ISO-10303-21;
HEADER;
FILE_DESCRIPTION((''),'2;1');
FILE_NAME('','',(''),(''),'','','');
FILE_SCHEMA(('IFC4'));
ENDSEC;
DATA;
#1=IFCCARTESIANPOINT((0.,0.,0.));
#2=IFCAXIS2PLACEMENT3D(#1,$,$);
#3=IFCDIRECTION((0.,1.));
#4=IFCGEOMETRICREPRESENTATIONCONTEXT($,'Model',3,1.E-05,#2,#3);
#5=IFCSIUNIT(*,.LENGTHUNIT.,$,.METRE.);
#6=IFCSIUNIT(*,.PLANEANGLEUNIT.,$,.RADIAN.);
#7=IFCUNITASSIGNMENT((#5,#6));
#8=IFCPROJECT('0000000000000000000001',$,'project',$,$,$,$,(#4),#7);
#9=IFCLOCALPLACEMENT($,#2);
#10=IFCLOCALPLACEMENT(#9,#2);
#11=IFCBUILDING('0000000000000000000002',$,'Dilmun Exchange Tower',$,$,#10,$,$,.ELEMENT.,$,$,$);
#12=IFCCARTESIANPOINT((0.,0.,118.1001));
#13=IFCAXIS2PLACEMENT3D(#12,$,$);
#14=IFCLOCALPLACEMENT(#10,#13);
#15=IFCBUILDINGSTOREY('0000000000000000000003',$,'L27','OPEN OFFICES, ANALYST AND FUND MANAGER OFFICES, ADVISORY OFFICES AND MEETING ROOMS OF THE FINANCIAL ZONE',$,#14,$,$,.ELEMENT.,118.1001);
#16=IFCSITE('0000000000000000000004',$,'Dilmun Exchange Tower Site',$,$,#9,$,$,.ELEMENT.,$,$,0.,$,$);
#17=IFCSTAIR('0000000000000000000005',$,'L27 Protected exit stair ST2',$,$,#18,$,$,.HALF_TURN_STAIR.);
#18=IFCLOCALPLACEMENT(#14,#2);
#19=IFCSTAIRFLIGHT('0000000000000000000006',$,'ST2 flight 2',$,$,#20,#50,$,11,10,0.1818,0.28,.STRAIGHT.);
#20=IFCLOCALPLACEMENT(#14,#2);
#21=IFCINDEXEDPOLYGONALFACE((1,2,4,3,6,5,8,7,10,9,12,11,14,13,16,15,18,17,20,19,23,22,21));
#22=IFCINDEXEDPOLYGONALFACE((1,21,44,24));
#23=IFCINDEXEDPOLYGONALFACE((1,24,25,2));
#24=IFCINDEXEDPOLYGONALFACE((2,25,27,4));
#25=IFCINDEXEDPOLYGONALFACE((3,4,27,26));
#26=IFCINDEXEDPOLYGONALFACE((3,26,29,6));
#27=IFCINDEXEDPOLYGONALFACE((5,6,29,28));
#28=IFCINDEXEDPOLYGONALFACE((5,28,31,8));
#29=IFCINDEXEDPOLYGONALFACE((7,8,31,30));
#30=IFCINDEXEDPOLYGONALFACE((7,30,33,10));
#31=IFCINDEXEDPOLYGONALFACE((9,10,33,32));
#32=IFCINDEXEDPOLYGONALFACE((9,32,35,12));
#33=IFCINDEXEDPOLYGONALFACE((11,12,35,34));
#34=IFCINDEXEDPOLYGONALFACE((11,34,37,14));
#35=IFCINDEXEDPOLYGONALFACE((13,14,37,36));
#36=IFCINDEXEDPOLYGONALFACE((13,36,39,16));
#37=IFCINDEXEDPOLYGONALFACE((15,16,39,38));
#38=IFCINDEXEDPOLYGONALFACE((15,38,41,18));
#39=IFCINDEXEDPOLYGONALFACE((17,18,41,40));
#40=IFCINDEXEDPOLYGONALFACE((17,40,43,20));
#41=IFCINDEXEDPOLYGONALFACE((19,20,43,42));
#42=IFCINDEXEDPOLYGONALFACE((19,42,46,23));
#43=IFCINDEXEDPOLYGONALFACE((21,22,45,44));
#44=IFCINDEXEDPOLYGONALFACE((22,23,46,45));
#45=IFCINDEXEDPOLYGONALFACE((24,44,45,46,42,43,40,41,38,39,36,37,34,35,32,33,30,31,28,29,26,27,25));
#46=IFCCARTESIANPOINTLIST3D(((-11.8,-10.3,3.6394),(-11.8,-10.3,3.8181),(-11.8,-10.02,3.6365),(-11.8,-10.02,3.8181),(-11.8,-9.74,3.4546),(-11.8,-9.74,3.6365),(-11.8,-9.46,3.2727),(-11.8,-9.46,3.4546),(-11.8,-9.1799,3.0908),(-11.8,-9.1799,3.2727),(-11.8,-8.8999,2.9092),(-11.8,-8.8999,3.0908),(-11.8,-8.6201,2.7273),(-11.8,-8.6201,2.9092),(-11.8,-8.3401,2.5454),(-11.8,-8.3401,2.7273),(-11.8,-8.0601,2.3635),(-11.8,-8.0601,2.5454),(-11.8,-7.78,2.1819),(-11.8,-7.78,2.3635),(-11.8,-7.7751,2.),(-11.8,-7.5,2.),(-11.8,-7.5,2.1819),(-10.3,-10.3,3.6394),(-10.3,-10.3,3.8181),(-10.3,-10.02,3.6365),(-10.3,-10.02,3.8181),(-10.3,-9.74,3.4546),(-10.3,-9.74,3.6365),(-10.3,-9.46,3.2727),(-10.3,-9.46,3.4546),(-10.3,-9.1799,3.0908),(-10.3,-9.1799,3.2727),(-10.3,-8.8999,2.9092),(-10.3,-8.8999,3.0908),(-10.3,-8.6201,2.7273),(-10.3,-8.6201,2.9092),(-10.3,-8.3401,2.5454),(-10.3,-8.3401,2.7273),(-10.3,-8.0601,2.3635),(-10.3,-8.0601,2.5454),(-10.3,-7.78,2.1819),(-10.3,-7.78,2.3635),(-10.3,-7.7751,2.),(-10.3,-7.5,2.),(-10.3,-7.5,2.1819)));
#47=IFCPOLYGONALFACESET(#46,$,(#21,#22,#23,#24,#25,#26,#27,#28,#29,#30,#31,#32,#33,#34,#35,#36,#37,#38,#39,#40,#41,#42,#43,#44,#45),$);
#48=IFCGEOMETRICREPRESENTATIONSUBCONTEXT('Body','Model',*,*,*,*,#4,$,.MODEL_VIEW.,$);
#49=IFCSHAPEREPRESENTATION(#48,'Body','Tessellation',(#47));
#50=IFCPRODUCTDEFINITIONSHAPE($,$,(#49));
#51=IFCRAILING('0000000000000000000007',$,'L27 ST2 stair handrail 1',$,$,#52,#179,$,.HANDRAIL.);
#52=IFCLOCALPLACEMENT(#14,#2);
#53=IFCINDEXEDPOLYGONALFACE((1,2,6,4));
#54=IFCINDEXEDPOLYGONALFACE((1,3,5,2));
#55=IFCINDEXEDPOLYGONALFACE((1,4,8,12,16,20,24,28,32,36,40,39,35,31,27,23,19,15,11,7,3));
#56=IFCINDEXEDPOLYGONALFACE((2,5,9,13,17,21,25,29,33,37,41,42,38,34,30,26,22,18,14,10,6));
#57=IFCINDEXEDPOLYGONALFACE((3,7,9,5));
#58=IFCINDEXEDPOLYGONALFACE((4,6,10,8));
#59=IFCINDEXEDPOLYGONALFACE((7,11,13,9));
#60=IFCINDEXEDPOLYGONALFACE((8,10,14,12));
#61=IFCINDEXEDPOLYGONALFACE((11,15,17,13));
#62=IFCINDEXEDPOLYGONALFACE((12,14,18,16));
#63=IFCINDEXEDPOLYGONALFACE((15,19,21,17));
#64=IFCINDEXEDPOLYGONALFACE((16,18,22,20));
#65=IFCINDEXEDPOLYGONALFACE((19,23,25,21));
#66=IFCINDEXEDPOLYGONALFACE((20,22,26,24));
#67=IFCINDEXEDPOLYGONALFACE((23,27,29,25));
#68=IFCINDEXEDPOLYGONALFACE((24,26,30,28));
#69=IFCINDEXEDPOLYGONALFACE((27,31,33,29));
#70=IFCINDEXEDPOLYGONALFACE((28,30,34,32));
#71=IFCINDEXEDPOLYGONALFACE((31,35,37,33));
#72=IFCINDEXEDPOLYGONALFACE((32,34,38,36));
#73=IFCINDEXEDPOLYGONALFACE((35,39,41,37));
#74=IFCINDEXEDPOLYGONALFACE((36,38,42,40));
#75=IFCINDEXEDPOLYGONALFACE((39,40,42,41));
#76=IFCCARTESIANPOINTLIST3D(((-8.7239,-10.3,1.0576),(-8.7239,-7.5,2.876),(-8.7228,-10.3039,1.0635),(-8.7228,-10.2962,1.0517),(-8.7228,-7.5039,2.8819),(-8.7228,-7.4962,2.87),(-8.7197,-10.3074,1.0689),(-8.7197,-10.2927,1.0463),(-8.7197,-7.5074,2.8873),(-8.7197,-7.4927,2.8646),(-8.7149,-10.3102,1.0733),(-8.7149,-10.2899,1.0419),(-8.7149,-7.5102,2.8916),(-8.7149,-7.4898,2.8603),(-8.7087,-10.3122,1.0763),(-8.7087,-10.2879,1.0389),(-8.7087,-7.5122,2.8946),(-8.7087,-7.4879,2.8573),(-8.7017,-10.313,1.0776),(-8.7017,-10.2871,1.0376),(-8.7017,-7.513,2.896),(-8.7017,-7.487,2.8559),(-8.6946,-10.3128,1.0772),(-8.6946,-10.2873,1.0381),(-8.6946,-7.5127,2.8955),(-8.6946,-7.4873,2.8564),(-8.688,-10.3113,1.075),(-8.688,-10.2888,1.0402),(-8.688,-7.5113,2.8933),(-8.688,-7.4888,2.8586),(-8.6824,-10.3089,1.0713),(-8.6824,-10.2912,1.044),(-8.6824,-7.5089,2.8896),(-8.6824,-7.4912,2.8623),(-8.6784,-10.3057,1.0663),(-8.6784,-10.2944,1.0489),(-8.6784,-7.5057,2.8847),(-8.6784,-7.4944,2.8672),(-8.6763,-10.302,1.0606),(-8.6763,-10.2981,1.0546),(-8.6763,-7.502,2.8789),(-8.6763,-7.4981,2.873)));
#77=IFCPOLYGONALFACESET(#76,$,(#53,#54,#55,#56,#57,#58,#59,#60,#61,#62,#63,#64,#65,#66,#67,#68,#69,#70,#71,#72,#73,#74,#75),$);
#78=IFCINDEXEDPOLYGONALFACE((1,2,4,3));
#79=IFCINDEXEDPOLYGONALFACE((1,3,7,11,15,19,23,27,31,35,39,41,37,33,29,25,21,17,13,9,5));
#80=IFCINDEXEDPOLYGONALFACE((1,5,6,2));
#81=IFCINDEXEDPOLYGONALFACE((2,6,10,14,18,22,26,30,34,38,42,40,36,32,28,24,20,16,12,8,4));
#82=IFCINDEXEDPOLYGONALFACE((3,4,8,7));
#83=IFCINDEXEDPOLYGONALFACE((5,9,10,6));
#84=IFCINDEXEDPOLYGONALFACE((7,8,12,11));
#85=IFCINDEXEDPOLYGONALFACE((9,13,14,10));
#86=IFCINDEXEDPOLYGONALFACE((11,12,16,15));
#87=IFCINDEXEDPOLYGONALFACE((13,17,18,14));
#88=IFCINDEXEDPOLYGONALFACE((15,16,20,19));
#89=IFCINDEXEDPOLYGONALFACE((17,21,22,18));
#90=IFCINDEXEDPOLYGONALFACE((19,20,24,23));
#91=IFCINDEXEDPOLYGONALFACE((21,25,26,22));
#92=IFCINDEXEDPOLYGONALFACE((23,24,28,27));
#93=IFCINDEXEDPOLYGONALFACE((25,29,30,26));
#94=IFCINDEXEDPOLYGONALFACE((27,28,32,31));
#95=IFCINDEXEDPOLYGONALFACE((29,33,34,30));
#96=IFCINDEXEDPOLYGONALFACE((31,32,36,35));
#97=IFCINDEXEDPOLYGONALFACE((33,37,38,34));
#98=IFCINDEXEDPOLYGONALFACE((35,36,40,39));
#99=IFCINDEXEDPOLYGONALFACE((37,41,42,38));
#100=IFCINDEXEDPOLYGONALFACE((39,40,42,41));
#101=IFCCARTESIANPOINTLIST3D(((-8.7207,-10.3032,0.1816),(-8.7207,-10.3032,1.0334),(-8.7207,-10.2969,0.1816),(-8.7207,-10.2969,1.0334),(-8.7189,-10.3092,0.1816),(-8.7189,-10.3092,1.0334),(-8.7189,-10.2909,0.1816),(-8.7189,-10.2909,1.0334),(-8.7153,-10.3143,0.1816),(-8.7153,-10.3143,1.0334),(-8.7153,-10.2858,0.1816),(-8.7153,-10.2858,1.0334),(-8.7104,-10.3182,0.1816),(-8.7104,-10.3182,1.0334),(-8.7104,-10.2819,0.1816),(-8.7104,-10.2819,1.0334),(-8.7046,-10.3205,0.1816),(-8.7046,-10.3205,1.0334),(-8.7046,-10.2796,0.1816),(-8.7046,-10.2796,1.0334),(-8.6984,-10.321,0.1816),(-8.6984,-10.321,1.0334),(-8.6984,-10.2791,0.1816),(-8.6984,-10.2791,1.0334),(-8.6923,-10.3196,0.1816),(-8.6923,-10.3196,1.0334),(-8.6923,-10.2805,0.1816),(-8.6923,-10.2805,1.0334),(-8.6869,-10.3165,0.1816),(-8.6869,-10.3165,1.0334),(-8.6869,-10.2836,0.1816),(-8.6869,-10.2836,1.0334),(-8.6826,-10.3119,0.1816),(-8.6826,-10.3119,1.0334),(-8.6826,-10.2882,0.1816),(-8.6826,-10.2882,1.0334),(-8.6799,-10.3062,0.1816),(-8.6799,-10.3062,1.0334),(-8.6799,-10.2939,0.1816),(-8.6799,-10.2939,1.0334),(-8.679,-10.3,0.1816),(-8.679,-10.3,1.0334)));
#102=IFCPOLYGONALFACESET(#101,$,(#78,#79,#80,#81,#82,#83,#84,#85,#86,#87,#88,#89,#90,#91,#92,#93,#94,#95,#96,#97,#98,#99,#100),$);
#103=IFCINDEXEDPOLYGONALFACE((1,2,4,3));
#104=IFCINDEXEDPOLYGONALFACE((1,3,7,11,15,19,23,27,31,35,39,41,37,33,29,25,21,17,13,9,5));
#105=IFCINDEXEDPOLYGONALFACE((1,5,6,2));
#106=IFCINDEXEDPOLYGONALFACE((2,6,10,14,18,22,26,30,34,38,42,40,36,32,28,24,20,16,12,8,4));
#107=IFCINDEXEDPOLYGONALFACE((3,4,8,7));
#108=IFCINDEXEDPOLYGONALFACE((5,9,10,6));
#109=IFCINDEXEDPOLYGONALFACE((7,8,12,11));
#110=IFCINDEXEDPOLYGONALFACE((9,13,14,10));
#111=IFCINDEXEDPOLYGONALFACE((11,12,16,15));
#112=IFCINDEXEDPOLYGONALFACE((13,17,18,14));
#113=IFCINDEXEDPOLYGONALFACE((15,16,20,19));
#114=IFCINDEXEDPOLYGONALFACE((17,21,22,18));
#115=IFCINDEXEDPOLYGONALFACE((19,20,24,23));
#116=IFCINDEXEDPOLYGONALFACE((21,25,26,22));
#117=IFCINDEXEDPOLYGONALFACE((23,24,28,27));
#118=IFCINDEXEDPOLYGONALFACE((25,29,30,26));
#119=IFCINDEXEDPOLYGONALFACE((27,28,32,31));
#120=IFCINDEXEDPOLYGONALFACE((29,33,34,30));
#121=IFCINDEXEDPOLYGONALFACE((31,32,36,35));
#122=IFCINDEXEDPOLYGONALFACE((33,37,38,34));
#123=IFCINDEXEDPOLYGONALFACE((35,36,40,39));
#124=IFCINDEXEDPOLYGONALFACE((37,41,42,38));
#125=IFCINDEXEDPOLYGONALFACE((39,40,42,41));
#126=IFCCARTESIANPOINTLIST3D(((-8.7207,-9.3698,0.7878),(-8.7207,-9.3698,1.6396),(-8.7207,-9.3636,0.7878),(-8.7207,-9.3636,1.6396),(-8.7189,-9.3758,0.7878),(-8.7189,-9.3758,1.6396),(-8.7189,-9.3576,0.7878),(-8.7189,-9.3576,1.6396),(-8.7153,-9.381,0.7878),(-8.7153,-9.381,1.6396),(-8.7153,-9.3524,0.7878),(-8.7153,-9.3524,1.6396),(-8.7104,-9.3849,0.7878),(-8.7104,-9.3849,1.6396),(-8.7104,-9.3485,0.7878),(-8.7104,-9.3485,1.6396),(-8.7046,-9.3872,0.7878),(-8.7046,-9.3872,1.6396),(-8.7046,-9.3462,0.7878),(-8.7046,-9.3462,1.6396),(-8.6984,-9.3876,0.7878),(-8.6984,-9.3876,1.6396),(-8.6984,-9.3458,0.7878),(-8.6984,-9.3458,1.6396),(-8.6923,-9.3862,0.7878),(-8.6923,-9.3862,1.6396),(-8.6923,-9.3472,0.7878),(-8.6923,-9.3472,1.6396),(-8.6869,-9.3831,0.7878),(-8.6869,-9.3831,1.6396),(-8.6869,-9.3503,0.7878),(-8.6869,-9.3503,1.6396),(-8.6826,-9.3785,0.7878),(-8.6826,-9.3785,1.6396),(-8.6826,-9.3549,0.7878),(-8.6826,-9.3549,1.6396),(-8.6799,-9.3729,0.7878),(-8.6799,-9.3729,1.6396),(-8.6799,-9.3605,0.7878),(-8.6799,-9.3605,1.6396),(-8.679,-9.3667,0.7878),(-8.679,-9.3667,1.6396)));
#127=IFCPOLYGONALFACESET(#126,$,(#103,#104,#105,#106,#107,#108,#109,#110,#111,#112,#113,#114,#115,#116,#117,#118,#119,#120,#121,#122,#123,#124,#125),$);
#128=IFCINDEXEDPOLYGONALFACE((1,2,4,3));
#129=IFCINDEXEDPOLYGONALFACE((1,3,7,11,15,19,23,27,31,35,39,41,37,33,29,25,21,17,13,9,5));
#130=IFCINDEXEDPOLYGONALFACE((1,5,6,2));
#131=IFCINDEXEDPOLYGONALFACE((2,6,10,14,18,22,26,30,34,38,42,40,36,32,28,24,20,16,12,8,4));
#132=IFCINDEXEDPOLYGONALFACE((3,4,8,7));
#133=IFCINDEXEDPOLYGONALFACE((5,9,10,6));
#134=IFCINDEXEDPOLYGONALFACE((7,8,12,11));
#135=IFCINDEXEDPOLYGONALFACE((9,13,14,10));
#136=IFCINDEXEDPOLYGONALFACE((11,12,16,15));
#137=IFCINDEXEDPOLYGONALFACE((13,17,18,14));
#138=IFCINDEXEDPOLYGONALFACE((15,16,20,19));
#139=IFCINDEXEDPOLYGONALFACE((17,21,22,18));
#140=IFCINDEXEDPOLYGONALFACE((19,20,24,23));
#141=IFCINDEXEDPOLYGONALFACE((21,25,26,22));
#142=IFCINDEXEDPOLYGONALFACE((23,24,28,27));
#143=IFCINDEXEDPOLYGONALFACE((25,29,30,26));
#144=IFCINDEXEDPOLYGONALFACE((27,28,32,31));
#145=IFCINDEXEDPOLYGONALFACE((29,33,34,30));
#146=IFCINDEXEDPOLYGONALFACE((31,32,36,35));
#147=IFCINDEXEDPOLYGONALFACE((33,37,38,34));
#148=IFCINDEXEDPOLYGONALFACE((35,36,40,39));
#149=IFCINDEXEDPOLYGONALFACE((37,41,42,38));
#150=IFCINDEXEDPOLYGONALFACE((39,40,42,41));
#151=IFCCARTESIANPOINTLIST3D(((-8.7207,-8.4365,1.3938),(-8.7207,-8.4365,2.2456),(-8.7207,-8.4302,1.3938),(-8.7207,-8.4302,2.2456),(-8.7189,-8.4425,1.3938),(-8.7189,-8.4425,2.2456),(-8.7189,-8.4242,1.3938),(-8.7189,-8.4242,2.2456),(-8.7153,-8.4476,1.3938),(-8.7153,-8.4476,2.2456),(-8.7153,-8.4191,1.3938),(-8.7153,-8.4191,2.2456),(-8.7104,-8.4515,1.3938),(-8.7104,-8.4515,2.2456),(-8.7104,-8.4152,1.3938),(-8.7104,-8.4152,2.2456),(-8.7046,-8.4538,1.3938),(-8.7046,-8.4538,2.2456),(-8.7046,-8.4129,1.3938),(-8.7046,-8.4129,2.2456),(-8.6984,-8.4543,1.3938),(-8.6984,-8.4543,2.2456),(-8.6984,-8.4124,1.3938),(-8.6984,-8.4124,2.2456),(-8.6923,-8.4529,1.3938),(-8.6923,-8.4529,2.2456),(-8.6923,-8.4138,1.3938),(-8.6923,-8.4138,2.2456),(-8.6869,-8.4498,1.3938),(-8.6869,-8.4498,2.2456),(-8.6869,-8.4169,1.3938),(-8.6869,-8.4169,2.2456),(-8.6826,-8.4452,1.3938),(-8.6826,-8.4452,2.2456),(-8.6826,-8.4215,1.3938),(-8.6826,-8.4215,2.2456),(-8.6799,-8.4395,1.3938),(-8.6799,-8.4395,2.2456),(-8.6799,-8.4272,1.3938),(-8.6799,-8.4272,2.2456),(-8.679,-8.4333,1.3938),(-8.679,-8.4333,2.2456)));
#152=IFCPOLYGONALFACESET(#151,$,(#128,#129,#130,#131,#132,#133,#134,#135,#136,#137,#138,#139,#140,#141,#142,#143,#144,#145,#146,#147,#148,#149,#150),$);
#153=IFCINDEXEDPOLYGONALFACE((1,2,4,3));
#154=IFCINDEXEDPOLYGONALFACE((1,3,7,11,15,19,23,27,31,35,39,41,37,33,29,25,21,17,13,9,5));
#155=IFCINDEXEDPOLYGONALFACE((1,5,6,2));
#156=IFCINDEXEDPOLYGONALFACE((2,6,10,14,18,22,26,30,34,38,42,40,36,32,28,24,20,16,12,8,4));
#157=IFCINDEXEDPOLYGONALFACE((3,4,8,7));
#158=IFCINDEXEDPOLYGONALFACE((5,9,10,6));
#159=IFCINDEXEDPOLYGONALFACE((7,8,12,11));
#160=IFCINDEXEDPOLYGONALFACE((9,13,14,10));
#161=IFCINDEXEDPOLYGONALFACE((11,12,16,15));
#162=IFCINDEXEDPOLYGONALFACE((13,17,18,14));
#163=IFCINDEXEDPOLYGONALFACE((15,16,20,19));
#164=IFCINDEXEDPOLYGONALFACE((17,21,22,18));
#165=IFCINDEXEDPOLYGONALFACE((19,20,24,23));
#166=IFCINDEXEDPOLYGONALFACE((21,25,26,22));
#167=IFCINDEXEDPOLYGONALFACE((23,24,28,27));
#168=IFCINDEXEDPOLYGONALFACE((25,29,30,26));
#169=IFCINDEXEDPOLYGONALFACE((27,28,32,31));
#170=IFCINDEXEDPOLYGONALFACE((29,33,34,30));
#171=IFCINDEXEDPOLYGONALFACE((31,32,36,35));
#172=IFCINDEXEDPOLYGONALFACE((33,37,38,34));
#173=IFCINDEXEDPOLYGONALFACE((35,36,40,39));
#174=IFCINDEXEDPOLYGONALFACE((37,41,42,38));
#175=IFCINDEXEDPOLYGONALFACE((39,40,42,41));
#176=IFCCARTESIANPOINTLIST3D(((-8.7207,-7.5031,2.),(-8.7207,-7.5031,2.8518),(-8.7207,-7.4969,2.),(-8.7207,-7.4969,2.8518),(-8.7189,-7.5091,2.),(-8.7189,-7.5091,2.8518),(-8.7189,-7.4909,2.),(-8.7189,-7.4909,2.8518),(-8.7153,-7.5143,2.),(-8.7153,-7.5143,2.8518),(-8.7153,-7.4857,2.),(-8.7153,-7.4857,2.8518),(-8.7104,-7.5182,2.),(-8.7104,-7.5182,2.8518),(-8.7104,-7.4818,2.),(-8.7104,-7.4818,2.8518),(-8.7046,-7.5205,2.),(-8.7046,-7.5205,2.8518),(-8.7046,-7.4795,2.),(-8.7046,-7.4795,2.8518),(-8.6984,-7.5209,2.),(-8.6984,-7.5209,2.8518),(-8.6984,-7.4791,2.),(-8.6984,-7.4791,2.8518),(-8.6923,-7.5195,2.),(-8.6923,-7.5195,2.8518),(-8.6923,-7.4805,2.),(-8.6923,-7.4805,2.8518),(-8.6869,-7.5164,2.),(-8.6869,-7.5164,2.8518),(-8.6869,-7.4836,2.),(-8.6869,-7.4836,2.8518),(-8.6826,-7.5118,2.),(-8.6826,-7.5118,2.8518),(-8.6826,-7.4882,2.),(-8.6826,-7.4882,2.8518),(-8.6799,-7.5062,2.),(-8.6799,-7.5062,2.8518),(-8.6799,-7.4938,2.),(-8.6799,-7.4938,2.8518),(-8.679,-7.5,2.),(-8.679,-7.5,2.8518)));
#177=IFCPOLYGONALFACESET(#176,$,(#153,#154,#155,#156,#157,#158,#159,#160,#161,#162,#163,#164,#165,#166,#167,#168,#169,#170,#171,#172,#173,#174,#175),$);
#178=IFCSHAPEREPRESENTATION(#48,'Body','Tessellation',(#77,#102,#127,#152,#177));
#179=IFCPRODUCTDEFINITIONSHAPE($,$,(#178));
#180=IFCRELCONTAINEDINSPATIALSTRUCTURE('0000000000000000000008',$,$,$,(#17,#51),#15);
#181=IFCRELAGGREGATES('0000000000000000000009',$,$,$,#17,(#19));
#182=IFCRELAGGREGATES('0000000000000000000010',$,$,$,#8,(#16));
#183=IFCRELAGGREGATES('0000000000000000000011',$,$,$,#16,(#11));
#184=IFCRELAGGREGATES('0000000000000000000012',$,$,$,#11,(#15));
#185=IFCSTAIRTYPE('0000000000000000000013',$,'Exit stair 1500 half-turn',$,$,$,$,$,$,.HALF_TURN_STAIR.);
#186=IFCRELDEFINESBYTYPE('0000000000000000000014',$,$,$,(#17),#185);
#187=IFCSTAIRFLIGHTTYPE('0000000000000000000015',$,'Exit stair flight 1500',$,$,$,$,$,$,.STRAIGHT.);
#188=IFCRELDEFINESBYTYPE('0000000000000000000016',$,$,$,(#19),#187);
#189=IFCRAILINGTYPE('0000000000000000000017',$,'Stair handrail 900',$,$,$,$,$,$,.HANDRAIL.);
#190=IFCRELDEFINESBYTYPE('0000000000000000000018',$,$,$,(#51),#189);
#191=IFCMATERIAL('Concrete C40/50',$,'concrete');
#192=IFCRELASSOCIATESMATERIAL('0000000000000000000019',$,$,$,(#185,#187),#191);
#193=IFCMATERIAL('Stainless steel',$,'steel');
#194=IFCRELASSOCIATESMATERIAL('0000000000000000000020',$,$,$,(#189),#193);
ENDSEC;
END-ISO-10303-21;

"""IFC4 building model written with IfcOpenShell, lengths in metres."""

from ifc_helpers import new_model, si_unit, direction, frame, origin, origin_2d, place, context, subcontext, project, spatial, polyline, circle, outline, extrude, material, type_object, element, aggregate, save


model = new_model("IFC4")

# Units and contexts
model_context = context("Model", 3, precision=1e-05, world=origin(), true_north=direction((0.0, 1.0)))
body_context = subcontext(model_context, "Body", "Model", "MODEL_VIEW")
ifc_project = project(units=[si_unit("LENGTHUNIT", "METRE"), si_unit("PLANEANGLEUNIT", "RADIAN")], contexts=[model_context])

# Site, building, storey
site_placement = place(None, origin())
site = spatial("IfcSite", under=ifc_project, at=site_placement, Name="Dilmun Exchange Tower Site", CompositionType="ELEMENT", RefElevation=0.0)
building_placement = place(site_placement, origin())
building = spatial("IfcBuilding", under=site, at=building_placement, Name="Dilmun Exchange Tower", CompositionType="ELEMENT")
storey_placement = place(building_placement, frame((0.0, 0.0, 118.1001)))
storey = spatial("IfcBuildingStorey", under=building, at=storey_placement, Name="L27", Description="OPEN OFFICES, ANALYST AND FUND MANAGER OFFICES, ADVISORY OFFICES AND MEETING ROOMS OF THE FINANCIAL ZONE", CompositionType="ELEMENT", Elevation=118.1001)

# Shared definitions
ifc_material_1 = material(Name="Concrete C40/50", Category="concrete")

# Stair, stair flight
stair_type = type_object("IfcStairType", Name="Exit stair 1500 half-turn", PredefinedType="HALF_TURN_STAIR", material=ifc_material_1)
stair_placement = place(storey_placement, origin())
stair = element("IfcStair", 1, at=stair_placement, inside=storey, type_object=stair_type, Name="L27 Protected exit stair ST2", PredefinedType="HALF_TURN_STAIR")
stair_flight_type = type_object("IfcStairFlightType", Name="Exit stair flight 1500", PredefinedType="STRAIGHT", material=ifc_material_1)
stair_flight_placement = place(storey_placement, frame((-11.05, -7.5, 2.0), z_axis=(0.0, 0.0, 1.0), x_axis=(0.0, -1.0, 0.0)))
stair_flight = element("IfcStairFlight", 2, at=stair_flight_placement, type_object=stair_flight_type, Name="ST2 flight 2", NumberOfRisers=11, NumberOfTreads=10, PredefinedType="STRAIGHT", RiserHeight=0.1818, TreadLength=0.28, context=body_context, shape_type="SweptSolid", body=[
    extrude(outline(polyline([(0.0, 0.0), (0.0, 0.1819), (0.28, 0.1819), (0.28, 0.3635), (0.5601, 0.3635), (0.5601, 0.5454), (0.8401, 0.5454), (0.8401, 0.7273), (1.1201, 0.7273), (1.1201, 0.9092), (1.3999, 0.9092), (1.3999, 1.0908), (1.6799, 1.0908), (1.6799, 1.2727), (1.96, 1.2727), (1.96, 1.4546), (2.24, 1.4546), (2.24, 1.6365), (2.52, 1.6365), (2.52, 1.8181), (2.8, 1.8181), (2.8, 2.0), (2.8, 1.6394), (0.2751, 0.0), (0.0, 0.0)])), frame((0.0, 0.75, 0.0), z_axis=(0.0, -1.0, 0.0), x_axis=(1.0, 0.0, 0.0)), (0.0, 0.0, 1.0), 1.5),
])
aggregate(stair, [stair_flight])

# Railing
ifc_material_2 = material(Name="Stainless steel", Category="steel")
railing_type = type_object("IfcRailingType", Name="Stair handrail 900", PredefinedType="HANDRAIL", material=ifc_material_2)
railing_1_placement = place(storey_placement, frame((-8.7, -10.3, 0.1816)))
element("IfcRailing", 3, at=railing_1_placement, inside=storey, type_object=railing_type, Name="L27 ST2 stair handrail 1", PredefinedType="HANDRAIL", context=body_context, shape_type="SweptSolid", body=[
    extrude(circle(Radius=0.0239, at=origin_2d()), frame((0.0, 0.0, 0.876), z_axis=(0.0, 0.838672, 0.544636), x_axis=(-1.0, 0.0, 0.0)), (0.0, 0.0, 1.0), 3.3386),
    extrude(circle(Radius=0.021, at=origin_2d()), origin(), (0.0, 0.0, 1.0), 0.8518),
    extrude(circle(Radius=0.021, at=origin_2d()), frame((0.0, 0.9333, 0.6062)), (0.0, 0.0, 1.0), 0.8518),
    extrude(circle(Radius=0.021, at=origin_2d()), frame((0.0, 1.8667, 1.2122)), (0.0, 0.0, 1.0), 0.8518),
    extrude(circle(Radius=0.021, at=origin_2d()), frame((0.0, 2.8, 1.8184)), (0.0, 0.0, 1.0), 0.8518),
])

save(model, "model.ifc")
